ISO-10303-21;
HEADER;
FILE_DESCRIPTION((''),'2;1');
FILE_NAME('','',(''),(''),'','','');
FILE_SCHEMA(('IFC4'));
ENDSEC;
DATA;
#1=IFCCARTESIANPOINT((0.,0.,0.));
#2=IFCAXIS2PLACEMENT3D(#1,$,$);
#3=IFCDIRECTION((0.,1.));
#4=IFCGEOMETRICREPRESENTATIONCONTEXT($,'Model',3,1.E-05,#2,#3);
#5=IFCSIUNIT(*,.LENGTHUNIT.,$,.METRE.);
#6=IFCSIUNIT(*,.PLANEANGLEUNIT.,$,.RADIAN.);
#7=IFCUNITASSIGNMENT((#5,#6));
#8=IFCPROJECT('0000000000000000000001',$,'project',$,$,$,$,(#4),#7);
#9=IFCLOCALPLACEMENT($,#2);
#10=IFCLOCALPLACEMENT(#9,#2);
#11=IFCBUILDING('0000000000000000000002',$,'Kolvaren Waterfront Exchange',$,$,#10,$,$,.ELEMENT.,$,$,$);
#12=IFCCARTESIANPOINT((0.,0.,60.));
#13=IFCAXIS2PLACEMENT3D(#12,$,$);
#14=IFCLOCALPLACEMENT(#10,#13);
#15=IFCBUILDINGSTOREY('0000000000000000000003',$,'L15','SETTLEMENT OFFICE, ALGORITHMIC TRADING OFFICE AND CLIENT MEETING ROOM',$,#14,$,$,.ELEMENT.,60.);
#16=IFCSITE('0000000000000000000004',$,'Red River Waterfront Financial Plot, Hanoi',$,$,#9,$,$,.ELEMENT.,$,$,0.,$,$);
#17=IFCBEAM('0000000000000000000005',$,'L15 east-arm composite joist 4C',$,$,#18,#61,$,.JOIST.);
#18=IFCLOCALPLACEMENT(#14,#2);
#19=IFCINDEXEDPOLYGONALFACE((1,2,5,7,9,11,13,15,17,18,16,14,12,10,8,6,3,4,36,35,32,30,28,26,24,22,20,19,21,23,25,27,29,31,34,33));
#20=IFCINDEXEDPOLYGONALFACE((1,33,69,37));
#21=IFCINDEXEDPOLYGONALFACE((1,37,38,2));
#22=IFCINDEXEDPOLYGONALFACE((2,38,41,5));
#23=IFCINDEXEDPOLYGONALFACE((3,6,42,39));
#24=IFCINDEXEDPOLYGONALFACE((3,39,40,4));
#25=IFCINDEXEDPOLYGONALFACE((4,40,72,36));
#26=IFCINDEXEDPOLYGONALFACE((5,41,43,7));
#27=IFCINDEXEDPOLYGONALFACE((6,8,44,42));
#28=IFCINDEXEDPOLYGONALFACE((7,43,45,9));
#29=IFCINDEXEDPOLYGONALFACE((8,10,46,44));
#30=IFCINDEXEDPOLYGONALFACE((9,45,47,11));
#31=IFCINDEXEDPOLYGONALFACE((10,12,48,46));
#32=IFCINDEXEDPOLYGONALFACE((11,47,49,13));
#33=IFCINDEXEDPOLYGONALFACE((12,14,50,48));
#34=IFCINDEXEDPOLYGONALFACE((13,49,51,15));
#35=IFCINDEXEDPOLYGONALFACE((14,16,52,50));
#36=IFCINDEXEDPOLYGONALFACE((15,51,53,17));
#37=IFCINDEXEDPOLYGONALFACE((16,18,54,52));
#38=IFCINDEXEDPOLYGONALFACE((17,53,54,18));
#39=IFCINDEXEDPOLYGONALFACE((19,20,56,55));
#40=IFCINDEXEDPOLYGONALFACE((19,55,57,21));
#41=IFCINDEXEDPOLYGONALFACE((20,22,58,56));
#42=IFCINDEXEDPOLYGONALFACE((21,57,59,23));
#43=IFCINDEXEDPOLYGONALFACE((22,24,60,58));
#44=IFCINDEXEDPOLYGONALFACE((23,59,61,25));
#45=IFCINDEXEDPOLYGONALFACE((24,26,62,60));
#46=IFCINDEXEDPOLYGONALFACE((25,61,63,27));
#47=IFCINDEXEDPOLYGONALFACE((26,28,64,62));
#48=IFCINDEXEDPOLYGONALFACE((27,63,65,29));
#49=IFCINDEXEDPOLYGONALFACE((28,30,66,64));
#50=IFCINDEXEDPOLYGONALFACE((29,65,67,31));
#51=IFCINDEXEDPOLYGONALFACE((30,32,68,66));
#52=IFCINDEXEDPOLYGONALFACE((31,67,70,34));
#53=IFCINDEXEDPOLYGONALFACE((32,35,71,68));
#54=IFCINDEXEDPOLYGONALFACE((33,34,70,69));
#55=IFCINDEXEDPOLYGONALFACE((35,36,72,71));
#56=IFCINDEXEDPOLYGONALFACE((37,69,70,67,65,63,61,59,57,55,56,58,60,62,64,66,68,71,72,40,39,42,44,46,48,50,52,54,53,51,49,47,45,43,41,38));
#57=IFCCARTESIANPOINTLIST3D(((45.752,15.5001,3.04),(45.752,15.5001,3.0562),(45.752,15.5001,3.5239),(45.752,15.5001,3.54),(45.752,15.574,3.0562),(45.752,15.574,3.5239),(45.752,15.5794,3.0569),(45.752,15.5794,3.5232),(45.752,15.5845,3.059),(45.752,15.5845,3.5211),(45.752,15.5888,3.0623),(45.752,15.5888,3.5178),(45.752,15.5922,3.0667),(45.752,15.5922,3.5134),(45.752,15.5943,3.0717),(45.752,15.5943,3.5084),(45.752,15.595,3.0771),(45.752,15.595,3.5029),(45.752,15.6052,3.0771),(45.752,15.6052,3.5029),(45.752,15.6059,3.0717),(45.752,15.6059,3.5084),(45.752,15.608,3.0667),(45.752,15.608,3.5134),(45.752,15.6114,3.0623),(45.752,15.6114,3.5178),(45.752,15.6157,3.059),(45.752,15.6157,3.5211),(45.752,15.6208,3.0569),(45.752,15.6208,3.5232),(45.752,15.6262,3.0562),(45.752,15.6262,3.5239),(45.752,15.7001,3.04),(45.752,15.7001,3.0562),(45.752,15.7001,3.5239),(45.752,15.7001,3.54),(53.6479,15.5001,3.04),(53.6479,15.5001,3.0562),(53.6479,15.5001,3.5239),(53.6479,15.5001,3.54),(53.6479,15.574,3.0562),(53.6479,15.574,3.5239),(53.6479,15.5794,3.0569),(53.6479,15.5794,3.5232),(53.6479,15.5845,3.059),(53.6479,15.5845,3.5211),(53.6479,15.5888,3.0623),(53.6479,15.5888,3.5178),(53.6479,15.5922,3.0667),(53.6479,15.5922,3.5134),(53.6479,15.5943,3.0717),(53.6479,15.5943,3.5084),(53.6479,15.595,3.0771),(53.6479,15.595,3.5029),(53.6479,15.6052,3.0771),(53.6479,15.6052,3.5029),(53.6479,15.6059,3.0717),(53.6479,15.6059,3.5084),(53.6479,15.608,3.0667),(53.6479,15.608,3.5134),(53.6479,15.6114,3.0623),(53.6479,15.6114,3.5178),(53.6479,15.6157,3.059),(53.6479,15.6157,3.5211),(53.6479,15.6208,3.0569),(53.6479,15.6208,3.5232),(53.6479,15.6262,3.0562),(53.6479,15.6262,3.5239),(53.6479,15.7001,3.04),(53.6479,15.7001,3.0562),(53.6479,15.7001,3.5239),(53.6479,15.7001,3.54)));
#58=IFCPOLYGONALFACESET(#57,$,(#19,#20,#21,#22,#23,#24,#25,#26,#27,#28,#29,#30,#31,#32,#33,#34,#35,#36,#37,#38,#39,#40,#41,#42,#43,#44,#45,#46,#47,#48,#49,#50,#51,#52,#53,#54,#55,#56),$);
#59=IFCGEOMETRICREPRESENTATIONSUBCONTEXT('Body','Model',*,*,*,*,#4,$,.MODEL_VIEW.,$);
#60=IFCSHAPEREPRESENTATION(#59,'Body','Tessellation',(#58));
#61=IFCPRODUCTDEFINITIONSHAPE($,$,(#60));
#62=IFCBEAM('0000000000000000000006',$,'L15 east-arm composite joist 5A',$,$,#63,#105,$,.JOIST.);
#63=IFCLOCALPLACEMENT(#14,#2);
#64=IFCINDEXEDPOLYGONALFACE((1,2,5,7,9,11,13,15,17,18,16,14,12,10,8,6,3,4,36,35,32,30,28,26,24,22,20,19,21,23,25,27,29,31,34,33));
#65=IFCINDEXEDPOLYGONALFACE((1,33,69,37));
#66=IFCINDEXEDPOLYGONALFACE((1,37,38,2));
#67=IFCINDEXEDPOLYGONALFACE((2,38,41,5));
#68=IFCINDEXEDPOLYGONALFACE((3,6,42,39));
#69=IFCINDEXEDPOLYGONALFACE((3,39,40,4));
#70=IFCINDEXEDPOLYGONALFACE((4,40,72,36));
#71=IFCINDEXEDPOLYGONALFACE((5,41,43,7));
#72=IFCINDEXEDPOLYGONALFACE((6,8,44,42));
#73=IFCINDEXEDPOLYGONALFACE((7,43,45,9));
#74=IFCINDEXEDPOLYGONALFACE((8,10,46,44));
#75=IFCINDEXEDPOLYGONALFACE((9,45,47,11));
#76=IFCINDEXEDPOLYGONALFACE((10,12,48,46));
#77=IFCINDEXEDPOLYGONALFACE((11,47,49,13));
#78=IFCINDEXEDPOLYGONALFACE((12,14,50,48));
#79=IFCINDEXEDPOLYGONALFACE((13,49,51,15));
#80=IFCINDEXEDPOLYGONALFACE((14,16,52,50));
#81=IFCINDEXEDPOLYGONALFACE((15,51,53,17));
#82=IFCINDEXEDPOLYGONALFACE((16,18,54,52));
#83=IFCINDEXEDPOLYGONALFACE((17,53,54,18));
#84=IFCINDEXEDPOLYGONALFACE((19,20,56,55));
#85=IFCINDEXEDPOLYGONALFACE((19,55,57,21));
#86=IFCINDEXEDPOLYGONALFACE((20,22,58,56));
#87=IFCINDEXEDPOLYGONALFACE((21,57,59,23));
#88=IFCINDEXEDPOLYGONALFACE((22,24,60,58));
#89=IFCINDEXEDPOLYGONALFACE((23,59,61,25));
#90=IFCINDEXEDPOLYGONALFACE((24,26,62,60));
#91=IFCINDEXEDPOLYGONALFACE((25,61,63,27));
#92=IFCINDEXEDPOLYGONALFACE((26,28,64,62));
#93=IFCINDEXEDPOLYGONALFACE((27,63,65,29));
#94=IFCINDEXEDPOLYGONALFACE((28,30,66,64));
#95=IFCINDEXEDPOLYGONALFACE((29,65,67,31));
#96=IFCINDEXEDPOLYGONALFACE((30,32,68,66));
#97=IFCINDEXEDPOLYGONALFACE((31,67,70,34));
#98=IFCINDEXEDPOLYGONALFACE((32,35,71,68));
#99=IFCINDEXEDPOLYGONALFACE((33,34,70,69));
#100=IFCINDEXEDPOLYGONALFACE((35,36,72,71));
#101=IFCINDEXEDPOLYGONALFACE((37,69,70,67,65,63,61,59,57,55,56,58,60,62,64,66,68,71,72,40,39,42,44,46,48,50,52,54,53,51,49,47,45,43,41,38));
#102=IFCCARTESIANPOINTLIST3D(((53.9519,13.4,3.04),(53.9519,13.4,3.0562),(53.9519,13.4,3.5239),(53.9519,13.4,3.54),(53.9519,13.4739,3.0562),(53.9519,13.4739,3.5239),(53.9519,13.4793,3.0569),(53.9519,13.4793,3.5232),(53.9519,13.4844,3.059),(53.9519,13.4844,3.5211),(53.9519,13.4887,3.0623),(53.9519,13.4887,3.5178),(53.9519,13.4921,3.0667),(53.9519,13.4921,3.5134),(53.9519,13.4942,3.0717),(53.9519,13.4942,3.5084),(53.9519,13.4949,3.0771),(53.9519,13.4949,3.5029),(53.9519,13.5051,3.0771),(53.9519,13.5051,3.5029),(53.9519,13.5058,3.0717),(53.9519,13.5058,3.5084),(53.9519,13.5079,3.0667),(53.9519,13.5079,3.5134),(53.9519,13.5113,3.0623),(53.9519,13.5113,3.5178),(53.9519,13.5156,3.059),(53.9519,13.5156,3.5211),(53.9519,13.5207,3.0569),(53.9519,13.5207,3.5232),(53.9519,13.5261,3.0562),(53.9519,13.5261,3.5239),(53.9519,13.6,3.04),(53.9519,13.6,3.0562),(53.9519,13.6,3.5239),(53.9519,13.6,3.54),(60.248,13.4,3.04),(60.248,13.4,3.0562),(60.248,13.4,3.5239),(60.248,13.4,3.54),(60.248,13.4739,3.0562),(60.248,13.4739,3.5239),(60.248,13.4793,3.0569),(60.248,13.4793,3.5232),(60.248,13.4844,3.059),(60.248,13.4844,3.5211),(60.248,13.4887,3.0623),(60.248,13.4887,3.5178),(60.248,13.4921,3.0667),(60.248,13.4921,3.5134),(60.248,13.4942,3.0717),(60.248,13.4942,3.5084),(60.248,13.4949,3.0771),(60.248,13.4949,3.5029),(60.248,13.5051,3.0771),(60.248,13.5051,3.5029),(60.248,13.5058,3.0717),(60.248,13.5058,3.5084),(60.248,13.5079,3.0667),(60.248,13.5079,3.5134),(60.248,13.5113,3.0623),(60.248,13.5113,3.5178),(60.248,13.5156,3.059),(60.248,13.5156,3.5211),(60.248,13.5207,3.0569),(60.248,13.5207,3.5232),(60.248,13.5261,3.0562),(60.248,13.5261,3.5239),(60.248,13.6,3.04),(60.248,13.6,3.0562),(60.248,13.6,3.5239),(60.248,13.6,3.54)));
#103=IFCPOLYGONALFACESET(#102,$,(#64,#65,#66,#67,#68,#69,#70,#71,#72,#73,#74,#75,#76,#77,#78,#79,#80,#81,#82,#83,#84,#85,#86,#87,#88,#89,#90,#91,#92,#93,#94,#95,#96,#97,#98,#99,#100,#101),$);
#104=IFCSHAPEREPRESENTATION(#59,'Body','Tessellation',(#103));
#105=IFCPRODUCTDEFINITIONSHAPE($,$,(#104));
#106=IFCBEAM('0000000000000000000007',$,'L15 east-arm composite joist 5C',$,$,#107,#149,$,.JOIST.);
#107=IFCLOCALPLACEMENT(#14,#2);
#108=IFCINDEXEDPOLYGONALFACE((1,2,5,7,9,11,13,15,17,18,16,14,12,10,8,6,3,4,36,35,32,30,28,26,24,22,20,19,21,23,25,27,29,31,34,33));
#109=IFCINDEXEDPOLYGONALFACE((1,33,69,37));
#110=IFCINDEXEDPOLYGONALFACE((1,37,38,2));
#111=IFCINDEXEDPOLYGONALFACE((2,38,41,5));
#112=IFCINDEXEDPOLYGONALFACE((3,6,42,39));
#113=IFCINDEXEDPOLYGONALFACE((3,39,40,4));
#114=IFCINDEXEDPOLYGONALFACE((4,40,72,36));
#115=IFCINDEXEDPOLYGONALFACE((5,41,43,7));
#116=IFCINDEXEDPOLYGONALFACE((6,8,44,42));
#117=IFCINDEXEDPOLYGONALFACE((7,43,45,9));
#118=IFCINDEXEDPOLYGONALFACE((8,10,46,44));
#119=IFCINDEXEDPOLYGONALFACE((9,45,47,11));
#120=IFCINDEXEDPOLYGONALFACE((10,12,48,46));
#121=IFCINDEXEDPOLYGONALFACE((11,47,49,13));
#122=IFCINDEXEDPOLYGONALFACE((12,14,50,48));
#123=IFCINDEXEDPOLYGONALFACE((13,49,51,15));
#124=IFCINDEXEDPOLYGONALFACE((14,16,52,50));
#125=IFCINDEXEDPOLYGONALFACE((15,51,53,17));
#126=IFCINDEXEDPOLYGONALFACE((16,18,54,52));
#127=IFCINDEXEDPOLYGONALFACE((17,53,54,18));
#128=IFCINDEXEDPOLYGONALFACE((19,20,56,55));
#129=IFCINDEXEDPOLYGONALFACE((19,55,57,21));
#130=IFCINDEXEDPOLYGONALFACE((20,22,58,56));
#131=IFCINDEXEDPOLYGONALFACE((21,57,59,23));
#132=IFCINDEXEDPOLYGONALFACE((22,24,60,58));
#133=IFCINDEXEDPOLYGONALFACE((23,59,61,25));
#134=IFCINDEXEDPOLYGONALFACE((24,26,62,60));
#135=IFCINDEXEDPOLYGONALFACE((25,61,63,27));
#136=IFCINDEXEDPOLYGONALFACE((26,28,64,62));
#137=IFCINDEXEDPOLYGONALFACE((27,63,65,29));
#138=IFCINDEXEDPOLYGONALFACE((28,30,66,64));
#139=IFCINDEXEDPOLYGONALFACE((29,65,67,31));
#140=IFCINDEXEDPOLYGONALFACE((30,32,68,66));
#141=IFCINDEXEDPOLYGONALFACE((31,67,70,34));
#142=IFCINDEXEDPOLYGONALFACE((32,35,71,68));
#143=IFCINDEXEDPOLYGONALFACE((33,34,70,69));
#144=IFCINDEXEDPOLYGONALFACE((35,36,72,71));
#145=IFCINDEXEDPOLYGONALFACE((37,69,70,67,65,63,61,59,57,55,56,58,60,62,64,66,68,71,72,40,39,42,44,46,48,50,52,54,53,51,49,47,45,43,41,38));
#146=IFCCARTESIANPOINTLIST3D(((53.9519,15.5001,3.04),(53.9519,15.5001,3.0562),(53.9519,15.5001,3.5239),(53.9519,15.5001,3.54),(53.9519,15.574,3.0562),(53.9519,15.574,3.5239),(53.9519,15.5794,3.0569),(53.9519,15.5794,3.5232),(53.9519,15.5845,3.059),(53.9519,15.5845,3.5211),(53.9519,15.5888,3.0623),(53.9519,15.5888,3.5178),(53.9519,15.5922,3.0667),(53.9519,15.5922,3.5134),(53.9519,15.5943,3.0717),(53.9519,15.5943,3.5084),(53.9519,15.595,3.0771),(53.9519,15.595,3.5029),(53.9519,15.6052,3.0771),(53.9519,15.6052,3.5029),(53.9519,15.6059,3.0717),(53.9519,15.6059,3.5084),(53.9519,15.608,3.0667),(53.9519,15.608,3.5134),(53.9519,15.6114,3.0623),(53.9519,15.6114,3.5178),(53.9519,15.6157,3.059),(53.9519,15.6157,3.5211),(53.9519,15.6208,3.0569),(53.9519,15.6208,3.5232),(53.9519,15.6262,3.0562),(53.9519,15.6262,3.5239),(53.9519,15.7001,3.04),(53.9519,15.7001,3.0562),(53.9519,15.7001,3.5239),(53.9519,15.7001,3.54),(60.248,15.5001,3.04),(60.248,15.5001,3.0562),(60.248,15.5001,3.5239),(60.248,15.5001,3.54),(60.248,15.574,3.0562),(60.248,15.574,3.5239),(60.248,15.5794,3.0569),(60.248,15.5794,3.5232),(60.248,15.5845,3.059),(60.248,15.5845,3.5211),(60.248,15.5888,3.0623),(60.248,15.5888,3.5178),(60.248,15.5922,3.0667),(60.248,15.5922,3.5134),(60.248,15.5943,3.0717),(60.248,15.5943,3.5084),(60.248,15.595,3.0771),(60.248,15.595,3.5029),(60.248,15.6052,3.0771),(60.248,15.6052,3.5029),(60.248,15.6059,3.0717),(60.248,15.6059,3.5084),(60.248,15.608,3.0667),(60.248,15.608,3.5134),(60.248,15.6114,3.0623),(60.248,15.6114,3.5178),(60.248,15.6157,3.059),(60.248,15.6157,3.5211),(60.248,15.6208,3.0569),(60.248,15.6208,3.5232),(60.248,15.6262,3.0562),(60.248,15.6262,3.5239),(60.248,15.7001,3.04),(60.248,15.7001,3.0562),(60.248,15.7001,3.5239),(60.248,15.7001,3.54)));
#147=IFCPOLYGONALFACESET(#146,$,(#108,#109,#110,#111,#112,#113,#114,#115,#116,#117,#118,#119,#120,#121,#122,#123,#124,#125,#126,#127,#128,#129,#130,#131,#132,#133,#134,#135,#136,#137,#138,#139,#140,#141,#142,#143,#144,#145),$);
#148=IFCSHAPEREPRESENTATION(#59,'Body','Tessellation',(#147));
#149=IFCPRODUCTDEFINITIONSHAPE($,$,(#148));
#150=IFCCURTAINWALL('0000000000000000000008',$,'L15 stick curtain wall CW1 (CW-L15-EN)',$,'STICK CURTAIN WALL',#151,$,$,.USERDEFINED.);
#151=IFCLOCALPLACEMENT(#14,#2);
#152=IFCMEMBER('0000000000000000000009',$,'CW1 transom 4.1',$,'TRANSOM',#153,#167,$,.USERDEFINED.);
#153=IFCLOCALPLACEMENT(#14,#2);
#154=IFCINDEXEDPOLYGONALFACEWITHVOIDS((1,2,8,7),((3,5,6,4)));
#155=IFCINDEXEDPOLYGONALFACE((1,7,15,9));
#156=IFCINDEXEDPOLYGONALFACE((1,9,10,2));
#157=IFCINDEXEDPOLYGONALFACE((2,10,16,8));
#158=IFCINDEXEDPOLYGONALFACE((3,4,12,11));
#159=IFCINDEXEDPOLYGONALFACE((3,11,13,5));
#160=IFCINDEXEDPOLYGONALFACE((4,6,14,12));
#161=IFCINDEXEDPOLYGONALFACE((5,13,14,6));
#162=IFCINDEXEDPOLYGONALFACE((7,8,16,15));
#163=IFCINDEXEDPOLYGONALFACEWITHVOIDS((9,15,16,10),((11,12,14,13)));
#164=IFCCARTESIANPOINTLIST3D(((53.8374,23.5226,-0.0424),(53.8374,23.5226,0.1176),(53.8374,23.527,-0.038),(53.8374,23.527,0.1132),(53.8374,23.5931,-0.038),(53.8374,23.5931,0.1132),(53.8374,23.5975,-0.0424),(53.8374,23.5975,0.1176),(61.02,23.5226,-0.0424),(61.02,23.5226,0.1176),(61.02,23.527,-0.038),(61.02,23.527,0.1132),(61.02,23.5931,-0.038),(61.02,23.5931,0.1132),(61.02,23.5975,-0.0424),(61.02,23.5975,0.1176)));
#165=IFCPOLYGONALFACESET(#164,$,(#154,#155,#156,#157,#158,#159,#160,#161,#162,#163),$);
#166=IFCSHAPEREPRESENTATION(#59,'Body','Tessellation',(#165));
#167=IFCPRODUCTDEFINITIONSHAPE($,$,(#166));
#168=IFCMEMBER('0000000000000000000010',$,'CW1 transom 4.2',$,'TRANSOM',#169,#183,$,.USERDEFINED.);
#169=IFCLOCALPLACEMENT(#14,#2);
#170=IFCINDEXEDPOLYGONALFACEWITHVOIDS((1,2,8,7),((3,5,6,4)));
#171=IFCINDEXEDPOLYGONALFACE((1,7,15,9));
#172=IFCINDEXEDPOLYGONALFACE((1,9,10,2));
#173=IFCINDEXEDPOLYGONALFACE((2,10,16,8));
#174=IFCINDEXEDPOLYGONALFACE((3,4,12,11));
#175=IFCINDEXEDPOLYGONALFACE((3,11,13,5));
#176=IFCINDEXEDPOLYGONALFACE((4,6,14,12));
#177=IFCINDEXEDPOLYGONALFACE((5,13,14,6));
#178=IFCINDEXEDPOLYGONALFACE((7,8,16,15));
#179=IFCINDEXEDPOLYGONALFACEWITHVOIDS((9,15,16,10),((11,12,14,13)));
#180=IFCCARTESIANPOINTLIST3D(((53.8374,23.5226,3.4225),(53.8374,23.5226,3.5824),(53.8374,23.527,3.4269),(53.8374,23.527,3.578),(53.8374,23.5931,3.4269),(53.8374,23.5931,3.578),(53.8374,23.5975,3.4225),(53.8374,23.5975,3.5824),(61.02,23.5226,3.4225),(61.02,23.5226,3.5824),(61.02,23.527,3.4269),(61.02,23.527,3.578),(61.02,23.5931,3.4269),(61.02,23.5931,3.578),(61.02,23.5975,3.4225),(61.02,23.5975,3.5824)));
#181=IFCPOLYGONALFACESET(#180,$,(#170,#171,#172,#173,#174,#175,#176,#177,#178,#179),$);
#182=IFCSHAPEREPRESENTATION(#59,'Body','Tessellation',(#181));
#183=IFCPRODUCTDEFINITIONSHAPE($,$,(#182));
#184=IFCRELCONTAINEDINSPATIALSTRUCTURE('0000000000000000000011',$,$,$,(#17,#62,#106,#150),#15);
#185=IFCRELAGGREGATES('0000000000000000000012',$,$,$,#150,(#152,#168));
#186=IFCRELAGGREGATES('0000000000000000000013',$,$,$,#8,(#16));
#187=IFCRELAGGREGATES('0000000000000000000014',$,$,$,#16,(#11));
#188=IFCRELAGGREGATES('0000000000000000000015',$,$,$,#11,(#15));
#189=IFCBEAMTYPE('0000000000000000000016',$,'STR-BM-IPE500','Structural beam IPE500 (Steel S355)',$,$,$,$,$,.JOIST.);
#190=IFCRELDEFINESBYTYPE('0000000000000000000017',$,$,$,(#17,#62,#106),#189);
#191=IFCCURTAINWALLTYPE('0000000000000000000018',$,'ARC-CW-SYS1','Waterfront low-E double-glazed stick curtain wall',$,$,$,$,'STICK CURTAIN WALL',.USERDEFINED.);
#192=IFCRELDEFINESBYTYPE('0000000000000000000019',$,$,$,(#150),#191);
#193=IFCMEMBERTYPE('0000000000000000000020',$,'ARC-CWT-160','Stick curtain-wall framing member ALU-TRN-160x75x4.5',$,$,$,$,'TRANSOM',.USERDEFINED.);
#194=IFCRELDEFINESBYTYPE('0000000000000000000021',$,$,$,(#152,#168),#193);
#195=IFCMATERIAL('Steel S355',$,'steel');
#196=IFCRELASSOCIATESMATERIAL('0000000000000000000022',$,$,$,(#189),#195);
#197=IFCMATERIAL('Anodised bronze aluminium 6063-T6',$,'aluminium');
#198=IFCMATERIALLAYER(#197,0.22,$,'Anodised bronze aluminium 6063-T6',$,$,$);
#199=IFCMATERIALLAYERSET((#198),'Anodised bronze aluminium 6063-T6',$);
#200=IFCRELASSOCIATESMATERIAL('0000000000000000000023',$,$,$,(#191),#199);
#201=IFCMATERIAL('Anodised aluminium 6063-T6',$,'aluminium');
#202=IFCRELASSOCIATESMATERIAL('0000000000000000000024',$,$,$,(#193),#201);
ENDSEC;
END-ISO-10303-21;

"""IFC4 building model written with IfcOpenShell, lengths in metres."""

from ifc_helpers import new_model, si_unit, direction, frame, origin, origin_with_axes, origin_2d, place, context, subcontext, project, spatial, hollow_rectangle, i_section, extrude, source, transform, mapped, material, layer, layer_set, material_profile, profile_set, type_object, element, aggregate, save


model = new_model("IFC4")

# Units and contexts
model_context = context("Model", 3, precision=1e-05, world=origin(), true_north=direction((0.0, 1.0)))
body_context = subcontext(model_context, "Body", "Model", "MODEL_VIEW")
ifc_project = project(units=[si_unit("LENGTHUNIT", "METRE"), si_unit("PLANEANGLEUNIT", "RADIAN")], contexts=[model_context])

# Site, building, storey
site_placement = place(None, origin())
site = spatial("IfcSite", under=ifc_project, at=site_placement, Name="Red River Waterfront Financial Plot, Hanoi", CompositionType="ELEMENT", RefElevation=0.0)
building_placement = place(site_placement, origin())
building = spatial("IfcBuilding", under=site, at=building_placement, Name="Kolvaren Waterfront Exchange", CompositionType="ELEMENT")
storey_placement = place(building_placement, frame((0.0, 0.0, 60.0)))
storey = spatial("IfcBuildingStorey", under=building, at=storey_placement, Name="L15", Description="SETTLEMENT OFFICE, ALGORITHMIC TRADING OFFICE AND CLIENT MEETING ROOM", CompositionType="ELEMENT", Elevation=60.0)

# Beams
ifc_material_1 = material(Name="Steel S355", Category="steel")
ifc_material_profile_1 = material_profile(ifc_material_1, i_section(OverallWidth=0.2, OverallDepth=0.5, WebThickness=0.0103, FlangeThickness=0.0161, FilletRadius=0.021, at=origin_2d()), Name="IPE500")
ifc_profile_set_1 = profile_set([ifc_material_profile_1], Name="Steel S355")
beam_type_1 = type_object("IfcBeamType", Name="STR-BM-IPE500", Description="Structural beam IPE500 (Steel S355)", PredefinedType="JOIST", material=ifc_profile_set_1)
for number, where, z_axis, x_axis, name in (
    (1, (45.752, 15.6001, 3.29), (1.0, 0.0, 0.0), (0.0, 1.0, 0.0), "L15 east-arm composite joist 4C"),
):
    element("IfcBeam", number, at=place(storey_placement, frame(where, z_axis=z_axis, x_axis=x_axis)), inside=storey, type_object=beam_type_1, Name=name, PredefinedType="JOIST", context=body_context, shape_type="SweptSolid", body=[
        extrude(i_section(OverallWidth=0.2, OverallDepth=0.5, WebThickness=0.0103, FlangeThickness=0.0161, FilletRadius=0.021, at=origin_2d()), origin(), (0.0, 0.0, 1.0), 7.896),
    ])
for number, where, z_axis, x_axis, name in (
    (2, (53.9519, 13.5, 3.29), (1.0, 0.0, 0.0), (0.0, 1.0, 0.0), "L15 east-arm composite joist 5A"),
    (3, (53.9519, 15.6001, 3.29), (1.0, 0.0, 0.0), (0.0, 1.0, 0.0), "L15 east-arm composite joist 5C"),
):
    element("IfcBeam", number, at=place(storey_placement, frame(where, z_axis=z_axis, x_axis=x_axis)), inside=storey, type_object=beam_type_1, Name=name, PredefinedType="JOIST", context=body_context, shape_type="SweptSolid", body=[
        extrude(i_section(OverallWidth=0.2, OverallDepth=0.5, WebThickness=0.0103, FlangeThickness=0.0161, FilletRadius=0.021, at=origin_2d()), origin(), (0.0, 0.0, 1.0), 6.2961),
    ])

# Curtain wall, members
ifc_material_2 = material(Name="Anodised bronze aluminium 6063-T6", Category="aluminium")
ifc_layer_1 = layer(ifc_material_2, 0.22, Name="Anodised bronze aluminium 6063-T6")
ifc_layer_set_1 = layer_set([ifc_layer_1], Name="Anodised bronze aluminium 6063-T6")
curtain_wall_type = type_object("IfcCurtainWallType", Name="ARC-CW-SYS1", Description="Waterfront low-E double-glazed stick curtain wall", ElementType="STICK CURTAIN WALL", PredefinedType="USERDEFINED", material=ifc_layer_set_1)
curtain_wall_placement = place(storey_placement, origin())
curtain_wall = element("IfcCurtainWall", 4, at=curtain_wall_placement, inside=storey, type_object=curtain_wall_type, Name="L15 stick curtain wall CW1 (CW-L15-EN)", ObjectType="STICK CURTAIN WALL", PredefinedType="USERDEFINED")
ifc_material_3 = material(Name="Anodised aluminium 6063-T6", Category="aluminium")
ifc_material_profile_2 = material_profile(ifc_material_3, hollow_rectangle(XDim=0.075, YDim=0.1599, WallThickness=0.0044, at=origin_2d()), Name="ALU-TRN-160x75x4.5")
ifc_profile_set_2 = profile_set([ifc_material_profile_2], Name="Anodised aluminium 6063-T6")
member_type_1 = type_object("IfcMemberType", Name="ARC-CWT-160", Description="Stick curtain-wall framing member ALU-TRN-160x75x4.5", ElementType="TRANSOM", PredefinedType="USERDEFINED", material=ifc_profile_set_2)
shared_shape_1 = source(origin_with_axes(), body_context, "Body", "SweptSolid", [
    extrude(hollow_rectangle(XDim=0.075, YDim=0.1599, WallThickness=0.0044, at=origin_2d()), origin(), (0.0, 0.0, 1.0), 7.1826),
])
member_1_placement = place(storey_placement, frame((53.8374, 23.5601, 0.0376), z_axis=(1.0, 0.0, 0.0), x_axis=(0.0, 1.0, 0.0)))
member_1 = element("IfcMember", 5, at=member_1_placement, type_object=member_type_1, Name="CW1 transom 4.1", ObjectType="TRANSOM", PredefinedType="USERDEFINED", context=body_context, shape_type="MappedRepresentation", body=[
    mapped(shared_shape_1, transform((0.0, 0.0, 0.0), x_axis=(1.0, 0.0, 0.0), y_axis=(0.0, 1.0, 0.0), z_axis=(0.0, 0.0, 1.0), scale=1.0)),
])
member_2_placement = place(storey_placement, frame((53.8374, 23.5601, 3.5024), z_axis=(1.0, 0.0, 0.0), x_axis=(0.0, 1.0, 0.0)))
member_2 = element("IfcMember", 6, at=member_2_placement, type_object=member_type_1, Name="CW1 transom 4.2", ObjectType="TRANSOM", PredefinedType="USERDEFINED", context=body_context, shape_type="MappedRepresentation", body=[
    mapped(shared_shape_1, transform((0.0, 0.0, 0.0), x_axis=(1.0, 0.0, 0.0), y_axis=(0.0, 1.0, 0.0), z_axis=(0.0, 0.0, 1.0), scale=1.0)),
])
aggregate(curtain_wall, [member_1, member_2])

save(model, "model.ifc")
